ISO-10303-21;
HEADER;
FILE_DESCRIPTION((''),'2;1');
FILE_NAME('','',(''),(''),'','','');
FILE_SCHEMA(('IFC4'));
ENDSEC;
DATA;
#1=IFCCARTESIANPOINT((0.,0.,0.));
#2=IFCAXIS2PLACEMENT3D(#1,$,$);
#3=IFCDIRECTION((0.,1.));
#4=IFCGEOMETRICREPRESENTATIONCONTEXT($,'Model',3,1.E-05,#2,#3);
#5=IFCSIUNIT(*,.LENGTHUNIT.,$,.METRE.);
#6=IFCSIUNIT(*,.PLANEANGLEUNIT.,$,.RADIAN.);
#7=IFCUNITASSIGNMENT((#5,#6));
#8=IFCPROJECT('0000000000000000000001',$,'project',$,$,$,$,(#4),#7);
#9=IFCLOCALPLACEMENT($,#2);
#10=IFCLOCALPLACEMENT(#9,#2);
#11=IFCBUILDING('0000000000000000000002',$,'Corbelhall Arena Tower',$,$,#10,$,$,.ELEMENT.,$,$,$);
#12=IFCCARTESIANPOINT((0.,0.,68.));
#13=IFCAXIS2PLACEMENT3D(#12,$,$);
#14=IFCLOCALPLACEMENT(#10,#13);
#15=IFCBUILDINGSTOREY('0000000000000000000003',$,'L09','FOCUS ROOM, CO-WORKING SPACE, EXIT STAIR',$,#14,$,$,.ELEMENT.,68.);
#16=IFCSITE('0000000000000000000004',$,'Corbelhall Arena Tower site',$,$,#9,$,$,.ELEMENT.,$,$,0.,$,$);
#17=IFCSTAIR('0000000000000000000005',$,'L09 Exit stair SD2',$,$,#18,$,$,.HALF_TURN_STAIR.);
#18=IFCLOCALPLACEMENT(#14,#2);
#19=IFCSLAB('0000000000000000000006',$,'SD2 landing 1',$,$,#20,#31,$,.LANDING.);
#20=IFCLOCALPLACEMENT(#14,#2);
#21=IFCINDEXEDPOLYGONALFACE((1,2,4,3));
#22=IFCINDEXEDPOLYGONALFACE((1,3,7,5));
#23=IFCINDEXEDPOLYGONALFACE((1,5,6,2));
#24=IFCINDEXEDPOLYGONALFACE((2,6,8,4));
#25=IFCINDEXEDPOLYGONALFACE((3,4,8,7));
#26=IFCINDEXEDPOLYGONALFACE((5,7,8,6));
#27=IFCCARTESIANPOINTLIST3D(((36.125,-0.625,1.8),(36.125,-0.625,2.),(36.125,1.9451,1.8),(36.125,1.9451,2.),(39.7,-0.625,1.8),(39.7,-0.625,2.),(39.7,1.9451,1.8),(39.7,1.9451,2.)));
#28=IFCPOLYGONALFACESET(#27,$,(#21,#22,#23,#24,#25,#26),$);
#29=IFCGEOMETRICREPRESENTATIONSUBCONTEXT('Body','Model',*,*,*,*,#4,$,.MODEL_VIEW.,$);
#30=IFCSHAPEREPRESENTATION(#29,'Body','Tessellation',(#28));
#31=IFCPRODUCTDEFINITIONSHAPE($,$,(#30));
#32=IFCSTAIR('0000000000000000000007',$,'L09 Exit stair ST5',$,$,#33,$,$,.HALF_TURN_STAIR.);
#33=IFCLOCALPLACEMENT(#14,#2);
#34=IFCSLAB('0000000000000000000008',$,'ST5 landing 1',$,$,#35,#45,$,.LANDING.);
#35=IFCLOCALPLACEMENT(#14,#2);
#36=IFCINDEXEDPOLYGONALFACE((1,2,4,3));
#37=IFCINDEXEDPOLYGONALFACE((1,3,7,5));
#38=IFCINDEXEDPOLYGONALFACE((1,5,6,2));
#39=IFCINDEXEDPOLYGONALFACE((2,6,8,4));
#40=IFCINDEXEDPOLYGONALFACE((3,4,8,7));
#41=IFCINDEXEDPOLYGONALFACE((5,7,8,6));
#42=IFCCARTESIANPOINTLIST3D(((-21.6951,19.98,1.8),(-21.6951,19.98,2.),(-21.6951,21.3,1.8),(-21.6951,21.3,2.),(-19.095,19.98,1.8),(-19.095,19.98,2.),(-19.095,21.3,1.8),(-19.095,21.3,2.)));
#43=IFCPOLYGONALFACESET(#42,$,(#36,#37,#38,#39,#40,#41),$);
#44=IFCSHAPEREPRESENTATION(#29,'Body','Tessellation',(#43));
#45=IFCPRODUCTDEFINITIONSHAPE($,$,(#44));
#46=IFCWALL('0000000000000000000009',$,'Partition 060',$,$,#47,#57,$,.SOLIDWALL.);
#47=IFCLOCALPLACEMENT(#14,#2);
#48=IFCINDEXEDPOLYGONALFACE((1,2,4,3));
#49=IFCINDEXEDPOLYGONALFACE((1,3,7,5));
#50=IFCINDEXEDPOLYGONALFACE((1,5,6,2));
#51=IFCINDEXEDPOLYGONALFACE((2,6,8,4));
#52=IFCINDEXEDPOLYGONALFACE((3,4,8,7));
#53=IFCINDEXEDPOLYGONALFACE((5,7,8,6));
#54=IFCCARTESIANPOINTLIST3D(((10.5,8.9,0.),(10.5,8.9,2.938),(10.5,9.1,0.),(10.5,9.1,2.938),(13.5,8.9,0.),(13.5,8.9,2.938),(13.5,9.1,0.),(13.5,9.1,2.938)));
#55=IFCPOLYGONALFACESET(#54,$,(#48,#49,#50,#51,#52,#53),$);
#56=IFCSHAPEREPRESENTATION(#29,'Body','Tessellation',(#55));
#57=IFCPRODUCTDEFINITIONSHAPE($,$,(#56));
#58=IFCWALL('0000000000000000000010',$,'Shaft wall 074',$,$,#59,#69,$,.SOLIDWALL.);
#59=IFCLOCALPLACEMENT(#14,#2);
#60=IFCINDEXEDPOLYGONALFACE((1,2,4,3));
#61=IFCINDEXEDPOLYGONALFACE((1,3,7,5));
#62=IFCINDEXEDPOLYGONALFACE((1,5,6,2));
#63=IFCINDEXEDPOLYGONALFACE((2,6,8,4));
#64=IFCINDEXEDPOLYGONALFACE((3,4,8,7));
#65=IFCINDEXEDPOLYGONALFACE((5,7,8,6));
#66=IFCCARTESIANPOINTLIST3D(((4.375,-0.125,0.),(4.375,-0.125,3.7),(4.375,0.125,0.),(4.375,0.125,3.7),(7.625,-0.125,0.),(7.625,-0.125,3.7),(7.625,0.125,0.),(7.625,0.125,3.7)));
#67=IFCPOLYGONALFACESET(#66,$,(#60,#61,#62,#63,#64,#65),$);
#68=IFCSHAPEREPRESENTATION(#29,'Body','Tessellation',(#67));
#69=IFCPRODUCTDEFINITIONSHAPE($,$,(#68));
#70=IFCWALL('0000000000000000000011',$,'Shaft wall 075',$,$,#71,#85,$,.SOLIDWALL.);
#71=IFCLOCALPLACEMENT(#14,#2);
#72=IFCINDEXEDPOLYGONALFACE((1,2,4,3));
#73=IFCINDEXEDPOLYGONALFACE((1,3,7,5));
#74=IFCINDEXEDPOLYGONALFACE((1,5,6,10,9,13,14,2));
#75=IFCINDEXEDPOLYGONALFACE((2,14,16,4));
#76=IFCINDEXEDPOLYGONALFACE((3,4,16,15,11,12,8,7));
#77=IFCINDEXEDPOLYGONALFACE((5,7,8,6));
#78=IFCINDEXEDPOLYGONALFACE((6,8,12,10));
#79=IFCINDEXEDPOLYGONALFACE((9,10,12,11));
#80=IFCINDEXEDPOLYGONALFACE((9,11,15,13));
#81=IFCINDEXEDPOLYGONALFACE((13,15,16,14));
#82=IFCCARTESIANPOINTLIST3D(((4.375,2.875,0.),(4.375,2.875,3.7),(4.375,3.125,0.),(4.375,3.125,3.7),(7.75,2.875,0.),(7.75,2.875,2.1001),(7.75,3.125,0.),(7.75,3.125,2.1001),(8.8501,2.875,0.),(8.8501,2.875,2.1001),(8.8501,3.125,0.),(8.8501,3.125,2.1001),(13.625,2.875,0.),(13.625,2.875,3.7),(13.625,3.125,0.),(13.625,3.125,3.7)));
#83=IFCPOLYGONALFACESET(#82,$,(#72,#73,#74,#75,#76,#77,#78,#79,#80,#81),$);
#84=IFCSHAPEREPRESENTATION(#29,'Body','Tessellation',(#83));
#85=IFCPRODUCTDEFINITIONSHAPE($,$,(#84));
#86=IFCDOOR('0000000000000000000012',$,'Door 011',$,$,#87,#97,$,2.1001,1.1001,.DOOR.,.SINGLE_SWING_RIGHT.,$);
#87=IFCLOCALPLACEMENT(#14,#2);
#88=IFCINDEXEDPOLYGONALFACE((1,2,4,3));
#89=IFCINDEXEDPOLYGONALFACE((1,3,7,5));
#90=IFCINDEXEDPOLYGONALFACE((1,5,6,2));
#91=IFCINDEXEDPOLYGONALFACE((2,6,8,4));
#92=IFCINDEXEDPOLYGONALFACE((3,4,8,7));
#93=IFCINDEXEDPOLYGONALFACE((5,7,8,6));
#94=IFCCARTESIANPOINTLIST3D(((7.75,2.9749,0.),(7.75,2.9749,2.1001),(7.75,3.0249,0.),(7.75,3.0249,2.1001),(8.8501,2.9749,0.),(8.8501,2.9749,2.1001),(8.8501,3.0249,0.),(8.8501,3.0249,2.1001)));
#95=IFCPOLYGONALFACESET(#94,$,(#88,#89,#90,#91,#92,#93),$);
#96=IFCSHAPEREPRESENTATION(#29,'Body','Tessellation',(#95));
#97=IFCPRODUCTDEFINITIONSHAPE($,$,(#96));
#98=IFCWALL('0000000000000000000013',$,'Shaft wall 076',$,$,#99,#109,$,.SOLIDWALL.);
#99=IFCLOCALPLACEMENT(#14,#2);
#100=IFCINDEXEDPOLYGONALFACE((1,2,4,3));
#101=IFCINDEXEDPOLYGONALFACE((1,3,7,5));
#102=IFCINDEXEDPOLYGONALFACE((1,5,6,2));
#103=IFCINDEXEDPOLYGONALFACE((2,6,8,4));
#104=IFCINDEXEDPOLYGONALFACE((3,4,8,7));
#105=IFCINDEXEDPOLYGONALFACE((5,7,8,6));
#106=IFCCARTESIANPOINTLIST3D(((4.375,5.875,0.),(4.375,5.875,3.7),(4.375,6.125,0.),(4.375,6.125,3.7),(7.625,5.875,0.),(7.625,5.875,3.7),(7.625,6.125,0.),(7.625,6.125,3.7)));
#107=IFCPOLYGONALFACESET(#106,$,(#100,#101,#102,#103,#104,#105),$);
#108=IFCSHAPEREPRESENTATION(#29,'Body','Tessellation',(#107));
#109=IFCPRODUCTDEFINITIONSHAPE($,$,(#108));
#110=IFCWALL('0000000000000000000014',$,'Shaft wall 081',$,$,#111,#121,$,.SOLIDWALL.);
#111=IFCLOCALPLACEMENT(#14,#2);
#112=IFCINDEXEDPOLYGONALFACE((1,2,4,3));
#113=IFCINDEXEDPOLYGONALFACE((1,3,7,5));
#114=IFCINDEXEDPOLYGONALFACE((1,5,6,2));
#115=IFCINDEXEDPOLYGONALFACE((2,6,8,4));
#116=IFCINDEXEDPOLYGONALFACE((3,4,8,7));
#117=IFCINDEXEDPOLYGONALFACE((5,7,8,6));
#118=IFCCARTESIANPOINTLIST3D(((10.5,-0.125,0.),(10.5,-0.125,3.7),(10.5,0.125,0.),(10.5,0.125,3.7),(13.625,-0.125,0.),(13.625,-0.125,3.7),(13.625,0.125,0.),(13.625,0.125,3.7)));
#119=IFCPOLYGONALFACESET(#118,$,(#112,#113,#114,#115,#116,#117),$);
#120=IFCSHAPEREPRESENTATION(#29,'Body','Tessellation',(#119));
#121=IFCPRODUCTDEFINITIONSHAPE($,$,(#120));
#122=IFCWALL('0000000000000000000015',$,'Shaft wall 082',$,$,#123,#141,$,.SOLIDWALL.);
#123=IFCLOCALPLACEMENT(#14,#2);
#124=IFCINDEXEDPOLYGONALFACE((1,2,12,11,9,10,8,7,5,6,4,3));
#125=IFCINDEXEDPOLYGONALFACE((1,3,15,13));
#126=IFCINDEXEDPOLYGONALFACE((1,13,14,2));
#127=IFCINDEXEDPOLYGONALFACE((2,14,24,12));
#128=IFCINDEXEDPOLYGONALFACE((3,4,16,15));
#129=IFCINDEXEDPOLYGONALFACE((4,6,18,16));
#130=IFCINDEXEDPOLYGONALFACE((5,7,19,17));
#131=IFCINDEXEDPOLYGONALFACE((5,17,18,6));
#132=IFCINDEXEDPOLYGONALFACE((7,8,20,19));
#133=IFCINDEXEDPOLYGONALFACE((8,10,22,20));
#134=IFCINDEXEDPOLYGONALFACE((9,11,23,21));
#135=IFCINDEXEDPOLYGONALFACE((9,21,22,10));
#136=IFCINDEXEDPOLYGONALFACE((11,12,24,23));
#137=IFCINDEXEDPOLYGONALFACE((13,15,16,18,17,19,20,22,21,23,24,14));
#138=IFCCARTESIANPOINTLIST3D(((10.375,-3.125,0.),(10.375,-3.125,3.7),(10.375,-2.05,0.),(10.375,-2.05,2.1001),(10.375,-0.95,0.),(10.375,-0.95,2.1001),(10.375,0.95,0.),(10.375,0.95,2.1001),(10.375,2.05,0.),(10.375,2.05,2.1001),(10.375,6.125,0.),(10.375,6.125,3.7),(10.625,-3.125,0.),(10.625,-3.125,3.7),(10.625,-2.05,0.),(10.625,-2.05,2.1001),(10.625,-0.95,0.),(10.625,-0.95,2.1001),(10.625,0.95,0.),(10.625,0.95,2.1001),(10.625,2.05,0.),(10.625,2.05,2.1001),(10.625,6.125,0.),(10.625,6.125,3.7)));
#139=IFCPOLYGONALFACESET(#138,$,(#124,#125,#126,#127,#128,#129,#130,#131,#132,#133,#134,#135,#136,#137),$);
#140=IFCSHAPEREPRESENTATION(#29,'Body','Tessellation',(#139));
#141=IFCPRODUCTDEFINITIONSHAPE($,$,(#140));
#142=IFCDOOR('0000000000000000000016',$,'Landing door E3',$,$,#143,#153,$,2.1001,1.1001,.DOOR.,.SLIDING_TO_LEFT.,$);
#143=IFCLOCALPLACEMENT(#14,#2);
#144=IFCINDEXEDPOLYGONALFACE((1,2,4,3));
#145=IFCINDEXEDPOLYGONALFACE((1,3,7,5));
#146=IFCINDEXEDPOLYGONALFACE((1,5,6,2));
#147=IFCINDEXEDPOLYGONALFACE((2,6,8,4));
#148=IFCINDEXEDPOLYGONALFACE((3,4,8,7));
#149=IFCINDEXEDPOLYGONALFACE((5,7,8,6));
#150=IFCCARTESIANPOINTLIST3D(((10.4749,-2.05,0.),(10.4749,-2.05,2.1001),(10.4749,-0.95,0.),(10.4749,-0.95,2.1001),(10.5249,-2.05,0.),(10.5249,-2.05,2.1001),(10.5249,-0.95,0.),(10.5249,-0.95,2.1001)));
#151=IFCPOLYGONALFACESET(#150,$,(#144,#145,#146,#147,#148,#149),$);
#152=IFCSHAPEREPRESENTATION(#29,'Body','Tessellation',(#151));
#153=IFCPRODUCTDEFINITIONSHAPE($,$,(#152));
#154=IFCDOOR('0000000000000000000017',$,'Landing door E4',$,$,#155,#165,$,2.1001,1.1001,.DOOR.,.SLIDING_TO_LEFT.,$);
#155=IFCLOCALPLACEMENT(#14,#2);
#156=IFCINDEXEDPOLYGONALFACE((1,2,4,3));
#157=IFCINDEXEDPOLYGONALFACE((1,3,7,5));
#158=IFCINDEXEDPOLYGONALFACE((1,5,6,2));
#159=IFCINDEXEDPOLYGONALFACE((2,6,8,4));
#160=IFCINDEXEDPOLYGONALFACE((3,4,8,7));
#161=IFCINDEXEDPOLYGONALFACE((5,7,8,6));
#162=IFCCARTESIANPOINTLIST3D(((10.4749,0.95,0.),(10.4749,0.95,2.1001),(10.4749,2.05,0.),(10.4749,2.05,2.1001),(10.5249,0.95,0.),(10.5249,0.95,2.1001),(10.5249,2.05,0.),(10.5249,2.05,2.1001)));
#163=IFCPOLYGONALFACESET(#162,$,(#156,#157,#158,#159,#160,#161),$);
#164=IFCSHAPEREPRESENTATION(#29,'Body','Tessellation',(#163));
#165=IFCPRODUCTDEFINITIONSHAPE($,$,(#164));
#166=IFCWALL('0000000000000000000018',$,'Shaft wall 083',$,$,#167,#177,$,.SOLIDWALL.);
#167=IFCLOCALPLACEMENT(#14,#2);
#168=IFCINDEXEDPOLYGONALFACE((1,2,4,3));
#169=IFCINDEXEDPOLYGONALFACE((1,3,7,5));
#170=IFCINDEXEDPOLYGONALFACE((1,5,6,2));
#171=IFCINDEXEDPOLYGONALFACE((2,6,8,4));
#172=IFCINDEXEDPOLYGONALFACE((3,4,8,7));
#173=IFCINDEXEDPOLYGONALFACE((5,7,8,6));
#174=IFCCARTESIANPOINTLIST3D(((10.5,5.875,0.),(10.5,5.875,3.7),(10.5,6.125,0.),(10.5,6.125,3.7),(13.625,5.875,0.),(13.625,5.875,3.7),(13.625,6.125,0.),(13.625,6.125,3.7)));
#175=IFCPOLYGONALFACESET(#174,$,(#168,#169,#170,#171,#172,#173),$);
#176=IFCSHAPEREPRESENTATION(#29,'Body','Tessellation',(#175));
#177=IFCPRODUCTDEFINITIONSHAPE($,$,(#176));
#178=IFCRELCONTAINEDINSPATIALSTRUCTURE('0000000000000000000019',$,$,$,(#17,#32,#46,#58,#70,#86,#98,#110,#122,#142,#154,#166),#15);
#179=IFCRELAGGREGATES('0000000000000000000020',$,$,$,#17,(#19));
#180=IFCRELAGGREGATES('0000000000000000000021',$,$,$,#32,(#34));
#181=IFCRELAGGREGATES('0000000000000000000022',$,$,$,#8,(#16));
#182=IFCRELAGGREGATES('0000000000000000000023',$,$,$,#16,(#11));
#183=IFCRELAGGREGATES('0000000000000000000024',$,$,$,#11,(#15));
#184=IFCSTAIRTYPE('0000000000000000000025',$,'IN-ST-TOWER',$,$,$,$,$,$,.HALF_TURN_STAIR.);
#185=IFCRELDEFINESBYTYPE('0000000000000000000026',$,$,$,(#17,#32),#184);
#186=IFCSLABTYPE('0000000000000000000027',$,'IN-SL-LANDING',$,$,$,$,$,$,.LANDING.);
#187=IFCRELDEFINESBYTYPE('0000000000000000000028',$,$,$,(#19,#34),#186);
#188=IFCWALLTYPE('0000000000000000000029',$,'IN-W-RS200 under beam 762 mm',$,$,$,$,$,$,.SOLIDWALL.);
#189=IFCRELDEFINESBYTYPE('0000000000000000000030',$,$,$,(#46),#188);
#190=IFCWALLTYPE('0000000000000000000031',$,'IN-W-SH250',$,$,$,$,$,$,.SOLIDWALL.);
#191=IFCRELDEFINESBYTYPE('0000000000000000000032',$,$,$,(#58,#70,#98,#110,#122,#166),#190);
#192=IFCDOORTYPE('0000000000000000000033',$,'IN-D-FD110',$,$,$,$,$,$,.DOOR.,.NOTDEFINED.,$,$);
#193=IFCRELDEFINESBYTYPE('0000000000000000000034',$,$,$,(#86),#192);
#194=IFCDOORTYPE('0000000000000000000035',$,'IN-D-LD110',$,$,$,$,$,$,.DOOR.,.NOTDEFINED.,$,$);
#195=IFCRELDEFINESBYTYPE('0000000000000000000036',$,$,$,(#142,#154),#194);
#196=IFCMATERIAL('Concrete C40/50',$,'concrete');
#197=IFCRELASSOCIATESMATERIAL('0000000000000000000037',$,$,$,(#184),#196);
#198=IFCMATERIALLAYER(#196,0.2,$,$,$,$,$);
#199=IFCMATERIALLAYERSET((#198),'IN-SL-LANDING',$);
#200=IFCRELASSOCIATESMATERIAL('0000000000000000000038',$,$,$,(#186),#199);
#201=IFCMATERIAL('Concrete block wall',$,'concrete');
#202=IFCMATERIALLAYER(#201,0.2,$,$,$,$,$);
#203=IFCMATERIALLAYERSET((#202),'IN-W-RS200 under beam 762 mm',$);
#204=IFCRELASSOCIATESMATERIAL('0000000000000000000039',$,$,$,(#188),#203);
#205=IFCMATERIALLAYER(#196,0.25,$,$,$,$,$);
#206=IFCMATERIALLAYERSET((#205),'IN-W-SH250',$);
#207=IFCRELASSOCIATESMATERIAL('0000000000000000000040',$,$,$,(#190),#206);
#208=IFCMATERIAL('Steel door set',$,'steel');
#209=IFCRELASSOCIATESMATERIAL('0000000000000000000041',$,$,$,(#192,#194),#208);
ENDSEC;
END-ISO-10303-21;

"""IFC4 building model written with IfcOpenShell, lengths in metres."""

from ifc_helpers import new_model, si_unit, direction, frame, frame_2d, origin, place, context, subcontext, project, spatial, polyline, rectangle, outline, extrude, material, layer, layer_set, type_object, element, fill, aggregate, save


model = new_model("IFC4")

# Units and contexts
model_context = context("Model", 3, precision=1e-05, world=origin(), true_north=direction((0.0, 1.0)))
body_context = subcontext(model_context, "Body", "Model", "MODEL_VIEW")
ifc_project = project(units=[si_unit("LENGTHUNIT", "METRE"), si_unit("PLANEANGLEUNIT", "RADIAN")], contexts=[model_context])

# Site, building, storey
site_placement = place(None, origin())
site = spatial("IfcSite", under=ifc_project, at=site_placement, Name="Corbelhall Arena Tower site", CompositionType="ELEMENT", RefElevation=0.0)
building_placement = place(site_placement, origin())
building = spatial("IfcBuilding", under=site, at=building_placement, Name="Corbelhall Arena Tower", CompositionType="ELEMENT")
storey_placement = place(building_placement, frame((0.0, 0.0, 68.0)))
storey = spatial("IfcBuildingStorey", under=building, at=storey_placement, Name="L09", Description="FOCUS ROOM, CO-WORKING SPACE, EXIT STAIR", CompositionType="ELEMENT", Elevation=68.0)

# Stairs, slabs
ifc_material_1 = material(Name="Concrete C40/50", Category="concrete")
stair_type = type_object("IfcStairType", Name="IN-ST-TOWER", PredefinedType="HALF_TURN_STAIR", material=ifc_material_1)
ifc_layer_1 = layer(ifc_material_1, 0.2)
ifc_layer_set_1 = layer_set([ifc_layer_1], Name="IN-SL-LANDING")
slab_type = type_object("IfcSlabType", Name="IN-SL-LANDING", PredefinedType="LANDING", material=ifc_layer_set_1)
stair_1_placement = place(storey_placement, origin())
stair_1 = element("IfcStair", 1, at=stair_1_placement, inside=storey, type_object=stair_type, Name="L09 Exit stair SD2", PredefinedType="HALF_TURN_STAIR")
slab_1_placement = place(storey_placement, frame((0.0, 0.0, 1.8)))
slab_1 = element("IfcSlab", 2, at=slab_1_placement, type_object=slab_type, Name="SD2 landing 1", PredefinedType="LANDING", context=body_context, shape_type="SweptSolid", body=[
    extrude(outline(polyline([(36.125, 1.9451), (36.125, -0.625), (39.7, -0.625), (39.7, 1.9451), (36.125, 1.9451)])), origin(), (0.0, 0.0, 1.0), 0.2),
])
aggregate(stair_1, [slab_1])
stair_2_placement = place(storey_placement, origin())
stair_2 = element("IfcStair", 3, at=stair_2_placement, inside=storey, type_object=stair_type, Name="L09 Exit stair ST5", PredefinedType="HALF_TURN_STAIR")
slab_2_placement = place(storey_placement, frame((0.0, 0.0, 1.8)))
slab_2 = element("IfcSlab", 4, at=slab_2_placement, type_object=slab_type, Name="ST5 landing 1", PredefinedType="LANDING", context=body_context, shape_type="SweptSolid", body=[
    extrude(outline(polyline([(-19.095, 19.98), (-19.095, 21.3), (-21.6951, 21.3), (-21.6951, 19.98), (-19.095, 19.98)])), origin(), (0.0, 0.0, 1.0), 0.2),
])
aggregate(stair_2, [slab_2])

# Walls
ifc_material_2 = material(Name="Concrete block wall", Category="concrete")
ifc_layer_2 = layer(ifc_material_2, 0.2)
ifc_layer_set_2 = layer_set([ifc_layer_2], Name="IN-W-RS200 under beam 762 mm")
wall_type_1 = type_object("IfcWallType", Name="IN-W-RS200 under beam 762 mm", PredefinedType="SOLIDWALL", material=ifc_layer_set_2)
wall_1_placement = place(storey_placement, frame((10.5, 9.0, 0.0), z_axis=(0.0, 0.0, 1.0), x_axis=(1.0, 0.0, 0.0)))
element("IfcWall", 5, at=wall_1_placement, inside=storey, type_object=wall_type_1, Name="Partition 060", PredefinedType="SOLIDWALL", context=body_context, shape_type="SweptSolid", body=[
    extrude(rectangle(XDim=3.0, YDim=0.2, at=frame_2d((1.5, 0.0))), origin(), (0.0, 0.0, 1.0), 2.938),
])
ifc_layer_3 = layer(ifc_material_1, 0.25)
ifc_layer_set_3 = layer_set([ifc_layer_3], Name="IN-W-SH250")
wall_type_2 = type_object("IfcWallType", Name="IN-W-SH250", PredefinedType="SOLIDWALL", material=ifc_layer_set_3)
wall_2_placement = place(storey_placement, frame((4.375, 0.0, 0.0), z_axis=(0.0, 0.0, 1.0), x_axis=(1.0, 0.0, 0.0)))
element("IfcWall", 6, at=wall_2_placement, inside=storey, type_object=wall_type_2, Name="Shaft wall 074", PredefinedType="SOLIDWALL", context=body_context, shape_type="SweptSolid", body=[
    extrude(rectangle(XDim=3.25, YDim=0.25, at=frame_2d((1.625, 0.0))), origin(), (0.0, 0.0, 1.0), 3.7),
])

# Wall, opening, door
wall_3_placement = place(storey_placement, frame((4.375, 3.0, 0.0), z_axis=(0.0, 0.0, 1.0), x_axis=(1.0, 0.0, 0.0)))
wall_3 = element("IfcWall", 7, at=wall_3_placement, inside=storey, type_object=wall_type_2, Name="Shaft wall 075", PredefinedType="SOLIDWALL", context=body_context, shape_type="SweptSolid", body=[
    extrude(rectangle(XDim=9.25, YDim=0.25, at=frame_2d((4.625, 0.0))), origin(), (0.0, 0.0, 1.0), 3.7),
])
opening_1_placement = place(wall_3_placement, frame((3.375, 0.0, 0.0)))
opening_1 = element("IfcOpeningElement", 8, at=opening_1_placement, cuts=wall_3, PredefinedType="OPENING", context=body_context, shape_type="SweptSolid", body=[
    extrude(rectangle(XDim=1.1001, YDim=2.1001, at=frame_2d((0.55, 1.05))), frame((0.0, 0.125, 0.0), z_axis=(0.0, -1.0, 0.0), x_axis=(1.0, 0.0, 0.0)), (0.0, 0.0, 1.0), 0.25),
])
ifc_material_3 = material(Name="Steel door set", Category="steel")
door_type_1 = type_object("IfcDoorType", Name="IN-D-FD110", OperationType="NOTDEFINED", PredefinedType="DOOR", material=ifc_material_3)
door_1_placement = place(opening_1_placement, origin())
door_1 = element("IfcDoor", 9, at=door_1_placement, inside=storey, type_object=door_type_1, Name="Door 011", OperationType="SINGLE_SWING_RIGHT", OverallHeight=2.1001, OverallWidth=1.1001, PredefinedType="DOOR", context=body_context, shape_type="SweptSolid", body=[
    extrude(rectangle(XDim=1.1001, YDim=2.1001, at=frame_2d((0.55, 1.05))), frame((0.0, 0.0249, 0.0), z_axis=(0.0, -1.0, 0.0), x_axis=(1.0, 0.0, 0.0)), (0.0, 0.0, 1.0), 0.05),
])
fill(opening_1, door_1)

# Walls
wall_4_placement = place(storey_placement, frame((4.375, 6.0, 0.0), z_axis=(0.0, 0.0, 1.0), x_axis=(1.0, 0.0, 0.0)))
element("IfcWall", 10, at=wall_4_placement, inside=storey, type_object=wall_type_2, Name="Shaft wall 076", PredefinedType="SOLIDWALL", context=body_context, shape_type="SweptSolid", body=[
    extrude(rectangle(XDim=3.25, YDim=0.25, at=frame_2d((1.625, 0.0))), origin(), (0.0, 0.0, 1.0), 3.7),
])
wall_5_placement = place(storey_placement, frame((10.5, 0.0, 0.0), z_axis=(0.0, 0.0, 1.0), x_axis=(1.0, 0.0, 0.0)))
element("IfcWall", 11, at=wall_5_placement, inside=storey, type_object=wall_type_2, Name="Shaft wall 081", PredefinedType="SOLIDWALL", context=body_context, shape_type="SweptSolid", body=[
    extrude(rectangle(XDim=3.125, YDim=0.25, at=frame_2d((1.5625, 0.0))), origin(), (0.0, 0.0, 1.0), 3.7),
])

# Wall, openings, doors
wall_6_placement = place(storey_placement, frame((10.5, 6.125, 0.0), z_axis=(0.0, 0.0, 1.0), x_axis=(0.0, -1.0, 0.0)))
wall_6 = element("IfcWall", 12, at=wall_6_placement, inside=storey, type_object=wall_type_2, Name="Shaft wall 082", PredefinedType="SOLIDWALL", context=body_context, shape_type="SweptSolid", body=[
    extrude(rectangle(XDim=9.25, YDim=0.25, at=frame_2d((4.625, 0.0))), origin(), (0.0, 0.0, 1.0), 3.7),
])
opening_2_placement = place(wall_6_placement, frame((7.075, 0.0, 0.0)))
opening_2 = element("IfcOpeningElement", 13, at=opening_2_placement, cuts=wall_6, PredefinedType="OPENING", context=body_context, shape_type="SweptSolid", body=[
    extrude(rectangle(XDim=1.1001, YDim=2.1001, at=frame_2d((0.55, 1.05))), frame((0.0, 0.125, 0.0), z_axis=(0.0, -1.0, 0.0), x_axis=(1.0, 0.0, 0.0)), (0.0, 0.0, 1.0), 0.25),
])
opening_3_placement = place(wall_6_placement, frame((4.075, 0.0, 0.0)))
opening_3 = element("IfcOpeningElement", 14, at=opening_3_placement, cuts=wall_6, PredefinedType="OPENING", context=body_context, shape_type="SweptSolid", body=[
    extrude(rectangle(XDim=1.1001, YDim=2.1001, at=frame_2d((0.55, 1.05))), frame((0.0, 0.125, 0.0), z_axis=(0.0, -1.0, 0.0), x_axis=(1.0, 0.0, 0.0)), (0.0, 0.0, 1.0), 0.25),
])
door_type_2 = type_object("IfcDoorType", Name="IN-D-LD110", OperationType="NOTDEFINED", PredefinedType="DOOR", material=ifc_material_3)
door_2_placement = place(opening_2_placement, origin())
door_2 = element("IfcDoor", 15, at=door_2_placement, inside=storey, type_object=door_type_2, Name="Landing door E3", OperationType="SLIDING_TO_LEFT", OverallHeight=2.1001, OverallWidth=1.1001, PredefinedType="DOOR", context=body_context, shape_type="SweptSolid", body=[
    extrude(rectangle(XDim=1.1001, YDim=2.1001, at=frame_2d((0.55, 1.05))), frame((0.0, 0.0249, 0.0), z_axis=(0.0, -1.0, 0.0), x_axis=(1.0, 0.0, 0.0)), (0.0, 0.0, 1.0), 0.05),
])
fill(opening_2, door_2)
door_3_placement = place(opening_3_placement, origin())
door_3 = element("IfcDoor", 16, at=door_3_placement, inside=storey, type_object=door_type_2, Name="Landing door E4", OperationType="SLIDING_TO_LEFT", OverallHeight=2.1001, OverallWidth=1.1001, PredefinedType="DOOR", context=body_context, shape_type="SweptSolid", body=[
    extrude(rectangle(XDim=1.1001, YDim=2.1001, at=frame_2d((0.55, 1.05))), frame((0.0, 0.0249, 0.0), z_axis=(0.0, -1.0, 0.0), x_axis=(1.0, 0.0, 0.0)), (0.0, 0.0, 1.0), 0.05),
])
fill(opening_3, door_3)

# Wall
wall_7_placement = place(storey_placement, frame((10.5, 6.0, 0.0), z_axis=(0.0, 0.0, 1.0), x_axis=(1.0, 0.0, 0.0)))
element("IfcWall", 17, at=wall_7_placement, inside=storey, type_object=wall_type_2, Name="Shaft wall 083", PredefinedType="SOLIDWALL", context=body_context, shape_type="SweptSolid", body=[
    extrude(rectangle(XDim=3.125, YDim=0.25, at=frame_2d((1.5625, 0.0))), origin(), (0.0, 0.0, 1.0), 3.7),
])

save(model, "model.ifc")
